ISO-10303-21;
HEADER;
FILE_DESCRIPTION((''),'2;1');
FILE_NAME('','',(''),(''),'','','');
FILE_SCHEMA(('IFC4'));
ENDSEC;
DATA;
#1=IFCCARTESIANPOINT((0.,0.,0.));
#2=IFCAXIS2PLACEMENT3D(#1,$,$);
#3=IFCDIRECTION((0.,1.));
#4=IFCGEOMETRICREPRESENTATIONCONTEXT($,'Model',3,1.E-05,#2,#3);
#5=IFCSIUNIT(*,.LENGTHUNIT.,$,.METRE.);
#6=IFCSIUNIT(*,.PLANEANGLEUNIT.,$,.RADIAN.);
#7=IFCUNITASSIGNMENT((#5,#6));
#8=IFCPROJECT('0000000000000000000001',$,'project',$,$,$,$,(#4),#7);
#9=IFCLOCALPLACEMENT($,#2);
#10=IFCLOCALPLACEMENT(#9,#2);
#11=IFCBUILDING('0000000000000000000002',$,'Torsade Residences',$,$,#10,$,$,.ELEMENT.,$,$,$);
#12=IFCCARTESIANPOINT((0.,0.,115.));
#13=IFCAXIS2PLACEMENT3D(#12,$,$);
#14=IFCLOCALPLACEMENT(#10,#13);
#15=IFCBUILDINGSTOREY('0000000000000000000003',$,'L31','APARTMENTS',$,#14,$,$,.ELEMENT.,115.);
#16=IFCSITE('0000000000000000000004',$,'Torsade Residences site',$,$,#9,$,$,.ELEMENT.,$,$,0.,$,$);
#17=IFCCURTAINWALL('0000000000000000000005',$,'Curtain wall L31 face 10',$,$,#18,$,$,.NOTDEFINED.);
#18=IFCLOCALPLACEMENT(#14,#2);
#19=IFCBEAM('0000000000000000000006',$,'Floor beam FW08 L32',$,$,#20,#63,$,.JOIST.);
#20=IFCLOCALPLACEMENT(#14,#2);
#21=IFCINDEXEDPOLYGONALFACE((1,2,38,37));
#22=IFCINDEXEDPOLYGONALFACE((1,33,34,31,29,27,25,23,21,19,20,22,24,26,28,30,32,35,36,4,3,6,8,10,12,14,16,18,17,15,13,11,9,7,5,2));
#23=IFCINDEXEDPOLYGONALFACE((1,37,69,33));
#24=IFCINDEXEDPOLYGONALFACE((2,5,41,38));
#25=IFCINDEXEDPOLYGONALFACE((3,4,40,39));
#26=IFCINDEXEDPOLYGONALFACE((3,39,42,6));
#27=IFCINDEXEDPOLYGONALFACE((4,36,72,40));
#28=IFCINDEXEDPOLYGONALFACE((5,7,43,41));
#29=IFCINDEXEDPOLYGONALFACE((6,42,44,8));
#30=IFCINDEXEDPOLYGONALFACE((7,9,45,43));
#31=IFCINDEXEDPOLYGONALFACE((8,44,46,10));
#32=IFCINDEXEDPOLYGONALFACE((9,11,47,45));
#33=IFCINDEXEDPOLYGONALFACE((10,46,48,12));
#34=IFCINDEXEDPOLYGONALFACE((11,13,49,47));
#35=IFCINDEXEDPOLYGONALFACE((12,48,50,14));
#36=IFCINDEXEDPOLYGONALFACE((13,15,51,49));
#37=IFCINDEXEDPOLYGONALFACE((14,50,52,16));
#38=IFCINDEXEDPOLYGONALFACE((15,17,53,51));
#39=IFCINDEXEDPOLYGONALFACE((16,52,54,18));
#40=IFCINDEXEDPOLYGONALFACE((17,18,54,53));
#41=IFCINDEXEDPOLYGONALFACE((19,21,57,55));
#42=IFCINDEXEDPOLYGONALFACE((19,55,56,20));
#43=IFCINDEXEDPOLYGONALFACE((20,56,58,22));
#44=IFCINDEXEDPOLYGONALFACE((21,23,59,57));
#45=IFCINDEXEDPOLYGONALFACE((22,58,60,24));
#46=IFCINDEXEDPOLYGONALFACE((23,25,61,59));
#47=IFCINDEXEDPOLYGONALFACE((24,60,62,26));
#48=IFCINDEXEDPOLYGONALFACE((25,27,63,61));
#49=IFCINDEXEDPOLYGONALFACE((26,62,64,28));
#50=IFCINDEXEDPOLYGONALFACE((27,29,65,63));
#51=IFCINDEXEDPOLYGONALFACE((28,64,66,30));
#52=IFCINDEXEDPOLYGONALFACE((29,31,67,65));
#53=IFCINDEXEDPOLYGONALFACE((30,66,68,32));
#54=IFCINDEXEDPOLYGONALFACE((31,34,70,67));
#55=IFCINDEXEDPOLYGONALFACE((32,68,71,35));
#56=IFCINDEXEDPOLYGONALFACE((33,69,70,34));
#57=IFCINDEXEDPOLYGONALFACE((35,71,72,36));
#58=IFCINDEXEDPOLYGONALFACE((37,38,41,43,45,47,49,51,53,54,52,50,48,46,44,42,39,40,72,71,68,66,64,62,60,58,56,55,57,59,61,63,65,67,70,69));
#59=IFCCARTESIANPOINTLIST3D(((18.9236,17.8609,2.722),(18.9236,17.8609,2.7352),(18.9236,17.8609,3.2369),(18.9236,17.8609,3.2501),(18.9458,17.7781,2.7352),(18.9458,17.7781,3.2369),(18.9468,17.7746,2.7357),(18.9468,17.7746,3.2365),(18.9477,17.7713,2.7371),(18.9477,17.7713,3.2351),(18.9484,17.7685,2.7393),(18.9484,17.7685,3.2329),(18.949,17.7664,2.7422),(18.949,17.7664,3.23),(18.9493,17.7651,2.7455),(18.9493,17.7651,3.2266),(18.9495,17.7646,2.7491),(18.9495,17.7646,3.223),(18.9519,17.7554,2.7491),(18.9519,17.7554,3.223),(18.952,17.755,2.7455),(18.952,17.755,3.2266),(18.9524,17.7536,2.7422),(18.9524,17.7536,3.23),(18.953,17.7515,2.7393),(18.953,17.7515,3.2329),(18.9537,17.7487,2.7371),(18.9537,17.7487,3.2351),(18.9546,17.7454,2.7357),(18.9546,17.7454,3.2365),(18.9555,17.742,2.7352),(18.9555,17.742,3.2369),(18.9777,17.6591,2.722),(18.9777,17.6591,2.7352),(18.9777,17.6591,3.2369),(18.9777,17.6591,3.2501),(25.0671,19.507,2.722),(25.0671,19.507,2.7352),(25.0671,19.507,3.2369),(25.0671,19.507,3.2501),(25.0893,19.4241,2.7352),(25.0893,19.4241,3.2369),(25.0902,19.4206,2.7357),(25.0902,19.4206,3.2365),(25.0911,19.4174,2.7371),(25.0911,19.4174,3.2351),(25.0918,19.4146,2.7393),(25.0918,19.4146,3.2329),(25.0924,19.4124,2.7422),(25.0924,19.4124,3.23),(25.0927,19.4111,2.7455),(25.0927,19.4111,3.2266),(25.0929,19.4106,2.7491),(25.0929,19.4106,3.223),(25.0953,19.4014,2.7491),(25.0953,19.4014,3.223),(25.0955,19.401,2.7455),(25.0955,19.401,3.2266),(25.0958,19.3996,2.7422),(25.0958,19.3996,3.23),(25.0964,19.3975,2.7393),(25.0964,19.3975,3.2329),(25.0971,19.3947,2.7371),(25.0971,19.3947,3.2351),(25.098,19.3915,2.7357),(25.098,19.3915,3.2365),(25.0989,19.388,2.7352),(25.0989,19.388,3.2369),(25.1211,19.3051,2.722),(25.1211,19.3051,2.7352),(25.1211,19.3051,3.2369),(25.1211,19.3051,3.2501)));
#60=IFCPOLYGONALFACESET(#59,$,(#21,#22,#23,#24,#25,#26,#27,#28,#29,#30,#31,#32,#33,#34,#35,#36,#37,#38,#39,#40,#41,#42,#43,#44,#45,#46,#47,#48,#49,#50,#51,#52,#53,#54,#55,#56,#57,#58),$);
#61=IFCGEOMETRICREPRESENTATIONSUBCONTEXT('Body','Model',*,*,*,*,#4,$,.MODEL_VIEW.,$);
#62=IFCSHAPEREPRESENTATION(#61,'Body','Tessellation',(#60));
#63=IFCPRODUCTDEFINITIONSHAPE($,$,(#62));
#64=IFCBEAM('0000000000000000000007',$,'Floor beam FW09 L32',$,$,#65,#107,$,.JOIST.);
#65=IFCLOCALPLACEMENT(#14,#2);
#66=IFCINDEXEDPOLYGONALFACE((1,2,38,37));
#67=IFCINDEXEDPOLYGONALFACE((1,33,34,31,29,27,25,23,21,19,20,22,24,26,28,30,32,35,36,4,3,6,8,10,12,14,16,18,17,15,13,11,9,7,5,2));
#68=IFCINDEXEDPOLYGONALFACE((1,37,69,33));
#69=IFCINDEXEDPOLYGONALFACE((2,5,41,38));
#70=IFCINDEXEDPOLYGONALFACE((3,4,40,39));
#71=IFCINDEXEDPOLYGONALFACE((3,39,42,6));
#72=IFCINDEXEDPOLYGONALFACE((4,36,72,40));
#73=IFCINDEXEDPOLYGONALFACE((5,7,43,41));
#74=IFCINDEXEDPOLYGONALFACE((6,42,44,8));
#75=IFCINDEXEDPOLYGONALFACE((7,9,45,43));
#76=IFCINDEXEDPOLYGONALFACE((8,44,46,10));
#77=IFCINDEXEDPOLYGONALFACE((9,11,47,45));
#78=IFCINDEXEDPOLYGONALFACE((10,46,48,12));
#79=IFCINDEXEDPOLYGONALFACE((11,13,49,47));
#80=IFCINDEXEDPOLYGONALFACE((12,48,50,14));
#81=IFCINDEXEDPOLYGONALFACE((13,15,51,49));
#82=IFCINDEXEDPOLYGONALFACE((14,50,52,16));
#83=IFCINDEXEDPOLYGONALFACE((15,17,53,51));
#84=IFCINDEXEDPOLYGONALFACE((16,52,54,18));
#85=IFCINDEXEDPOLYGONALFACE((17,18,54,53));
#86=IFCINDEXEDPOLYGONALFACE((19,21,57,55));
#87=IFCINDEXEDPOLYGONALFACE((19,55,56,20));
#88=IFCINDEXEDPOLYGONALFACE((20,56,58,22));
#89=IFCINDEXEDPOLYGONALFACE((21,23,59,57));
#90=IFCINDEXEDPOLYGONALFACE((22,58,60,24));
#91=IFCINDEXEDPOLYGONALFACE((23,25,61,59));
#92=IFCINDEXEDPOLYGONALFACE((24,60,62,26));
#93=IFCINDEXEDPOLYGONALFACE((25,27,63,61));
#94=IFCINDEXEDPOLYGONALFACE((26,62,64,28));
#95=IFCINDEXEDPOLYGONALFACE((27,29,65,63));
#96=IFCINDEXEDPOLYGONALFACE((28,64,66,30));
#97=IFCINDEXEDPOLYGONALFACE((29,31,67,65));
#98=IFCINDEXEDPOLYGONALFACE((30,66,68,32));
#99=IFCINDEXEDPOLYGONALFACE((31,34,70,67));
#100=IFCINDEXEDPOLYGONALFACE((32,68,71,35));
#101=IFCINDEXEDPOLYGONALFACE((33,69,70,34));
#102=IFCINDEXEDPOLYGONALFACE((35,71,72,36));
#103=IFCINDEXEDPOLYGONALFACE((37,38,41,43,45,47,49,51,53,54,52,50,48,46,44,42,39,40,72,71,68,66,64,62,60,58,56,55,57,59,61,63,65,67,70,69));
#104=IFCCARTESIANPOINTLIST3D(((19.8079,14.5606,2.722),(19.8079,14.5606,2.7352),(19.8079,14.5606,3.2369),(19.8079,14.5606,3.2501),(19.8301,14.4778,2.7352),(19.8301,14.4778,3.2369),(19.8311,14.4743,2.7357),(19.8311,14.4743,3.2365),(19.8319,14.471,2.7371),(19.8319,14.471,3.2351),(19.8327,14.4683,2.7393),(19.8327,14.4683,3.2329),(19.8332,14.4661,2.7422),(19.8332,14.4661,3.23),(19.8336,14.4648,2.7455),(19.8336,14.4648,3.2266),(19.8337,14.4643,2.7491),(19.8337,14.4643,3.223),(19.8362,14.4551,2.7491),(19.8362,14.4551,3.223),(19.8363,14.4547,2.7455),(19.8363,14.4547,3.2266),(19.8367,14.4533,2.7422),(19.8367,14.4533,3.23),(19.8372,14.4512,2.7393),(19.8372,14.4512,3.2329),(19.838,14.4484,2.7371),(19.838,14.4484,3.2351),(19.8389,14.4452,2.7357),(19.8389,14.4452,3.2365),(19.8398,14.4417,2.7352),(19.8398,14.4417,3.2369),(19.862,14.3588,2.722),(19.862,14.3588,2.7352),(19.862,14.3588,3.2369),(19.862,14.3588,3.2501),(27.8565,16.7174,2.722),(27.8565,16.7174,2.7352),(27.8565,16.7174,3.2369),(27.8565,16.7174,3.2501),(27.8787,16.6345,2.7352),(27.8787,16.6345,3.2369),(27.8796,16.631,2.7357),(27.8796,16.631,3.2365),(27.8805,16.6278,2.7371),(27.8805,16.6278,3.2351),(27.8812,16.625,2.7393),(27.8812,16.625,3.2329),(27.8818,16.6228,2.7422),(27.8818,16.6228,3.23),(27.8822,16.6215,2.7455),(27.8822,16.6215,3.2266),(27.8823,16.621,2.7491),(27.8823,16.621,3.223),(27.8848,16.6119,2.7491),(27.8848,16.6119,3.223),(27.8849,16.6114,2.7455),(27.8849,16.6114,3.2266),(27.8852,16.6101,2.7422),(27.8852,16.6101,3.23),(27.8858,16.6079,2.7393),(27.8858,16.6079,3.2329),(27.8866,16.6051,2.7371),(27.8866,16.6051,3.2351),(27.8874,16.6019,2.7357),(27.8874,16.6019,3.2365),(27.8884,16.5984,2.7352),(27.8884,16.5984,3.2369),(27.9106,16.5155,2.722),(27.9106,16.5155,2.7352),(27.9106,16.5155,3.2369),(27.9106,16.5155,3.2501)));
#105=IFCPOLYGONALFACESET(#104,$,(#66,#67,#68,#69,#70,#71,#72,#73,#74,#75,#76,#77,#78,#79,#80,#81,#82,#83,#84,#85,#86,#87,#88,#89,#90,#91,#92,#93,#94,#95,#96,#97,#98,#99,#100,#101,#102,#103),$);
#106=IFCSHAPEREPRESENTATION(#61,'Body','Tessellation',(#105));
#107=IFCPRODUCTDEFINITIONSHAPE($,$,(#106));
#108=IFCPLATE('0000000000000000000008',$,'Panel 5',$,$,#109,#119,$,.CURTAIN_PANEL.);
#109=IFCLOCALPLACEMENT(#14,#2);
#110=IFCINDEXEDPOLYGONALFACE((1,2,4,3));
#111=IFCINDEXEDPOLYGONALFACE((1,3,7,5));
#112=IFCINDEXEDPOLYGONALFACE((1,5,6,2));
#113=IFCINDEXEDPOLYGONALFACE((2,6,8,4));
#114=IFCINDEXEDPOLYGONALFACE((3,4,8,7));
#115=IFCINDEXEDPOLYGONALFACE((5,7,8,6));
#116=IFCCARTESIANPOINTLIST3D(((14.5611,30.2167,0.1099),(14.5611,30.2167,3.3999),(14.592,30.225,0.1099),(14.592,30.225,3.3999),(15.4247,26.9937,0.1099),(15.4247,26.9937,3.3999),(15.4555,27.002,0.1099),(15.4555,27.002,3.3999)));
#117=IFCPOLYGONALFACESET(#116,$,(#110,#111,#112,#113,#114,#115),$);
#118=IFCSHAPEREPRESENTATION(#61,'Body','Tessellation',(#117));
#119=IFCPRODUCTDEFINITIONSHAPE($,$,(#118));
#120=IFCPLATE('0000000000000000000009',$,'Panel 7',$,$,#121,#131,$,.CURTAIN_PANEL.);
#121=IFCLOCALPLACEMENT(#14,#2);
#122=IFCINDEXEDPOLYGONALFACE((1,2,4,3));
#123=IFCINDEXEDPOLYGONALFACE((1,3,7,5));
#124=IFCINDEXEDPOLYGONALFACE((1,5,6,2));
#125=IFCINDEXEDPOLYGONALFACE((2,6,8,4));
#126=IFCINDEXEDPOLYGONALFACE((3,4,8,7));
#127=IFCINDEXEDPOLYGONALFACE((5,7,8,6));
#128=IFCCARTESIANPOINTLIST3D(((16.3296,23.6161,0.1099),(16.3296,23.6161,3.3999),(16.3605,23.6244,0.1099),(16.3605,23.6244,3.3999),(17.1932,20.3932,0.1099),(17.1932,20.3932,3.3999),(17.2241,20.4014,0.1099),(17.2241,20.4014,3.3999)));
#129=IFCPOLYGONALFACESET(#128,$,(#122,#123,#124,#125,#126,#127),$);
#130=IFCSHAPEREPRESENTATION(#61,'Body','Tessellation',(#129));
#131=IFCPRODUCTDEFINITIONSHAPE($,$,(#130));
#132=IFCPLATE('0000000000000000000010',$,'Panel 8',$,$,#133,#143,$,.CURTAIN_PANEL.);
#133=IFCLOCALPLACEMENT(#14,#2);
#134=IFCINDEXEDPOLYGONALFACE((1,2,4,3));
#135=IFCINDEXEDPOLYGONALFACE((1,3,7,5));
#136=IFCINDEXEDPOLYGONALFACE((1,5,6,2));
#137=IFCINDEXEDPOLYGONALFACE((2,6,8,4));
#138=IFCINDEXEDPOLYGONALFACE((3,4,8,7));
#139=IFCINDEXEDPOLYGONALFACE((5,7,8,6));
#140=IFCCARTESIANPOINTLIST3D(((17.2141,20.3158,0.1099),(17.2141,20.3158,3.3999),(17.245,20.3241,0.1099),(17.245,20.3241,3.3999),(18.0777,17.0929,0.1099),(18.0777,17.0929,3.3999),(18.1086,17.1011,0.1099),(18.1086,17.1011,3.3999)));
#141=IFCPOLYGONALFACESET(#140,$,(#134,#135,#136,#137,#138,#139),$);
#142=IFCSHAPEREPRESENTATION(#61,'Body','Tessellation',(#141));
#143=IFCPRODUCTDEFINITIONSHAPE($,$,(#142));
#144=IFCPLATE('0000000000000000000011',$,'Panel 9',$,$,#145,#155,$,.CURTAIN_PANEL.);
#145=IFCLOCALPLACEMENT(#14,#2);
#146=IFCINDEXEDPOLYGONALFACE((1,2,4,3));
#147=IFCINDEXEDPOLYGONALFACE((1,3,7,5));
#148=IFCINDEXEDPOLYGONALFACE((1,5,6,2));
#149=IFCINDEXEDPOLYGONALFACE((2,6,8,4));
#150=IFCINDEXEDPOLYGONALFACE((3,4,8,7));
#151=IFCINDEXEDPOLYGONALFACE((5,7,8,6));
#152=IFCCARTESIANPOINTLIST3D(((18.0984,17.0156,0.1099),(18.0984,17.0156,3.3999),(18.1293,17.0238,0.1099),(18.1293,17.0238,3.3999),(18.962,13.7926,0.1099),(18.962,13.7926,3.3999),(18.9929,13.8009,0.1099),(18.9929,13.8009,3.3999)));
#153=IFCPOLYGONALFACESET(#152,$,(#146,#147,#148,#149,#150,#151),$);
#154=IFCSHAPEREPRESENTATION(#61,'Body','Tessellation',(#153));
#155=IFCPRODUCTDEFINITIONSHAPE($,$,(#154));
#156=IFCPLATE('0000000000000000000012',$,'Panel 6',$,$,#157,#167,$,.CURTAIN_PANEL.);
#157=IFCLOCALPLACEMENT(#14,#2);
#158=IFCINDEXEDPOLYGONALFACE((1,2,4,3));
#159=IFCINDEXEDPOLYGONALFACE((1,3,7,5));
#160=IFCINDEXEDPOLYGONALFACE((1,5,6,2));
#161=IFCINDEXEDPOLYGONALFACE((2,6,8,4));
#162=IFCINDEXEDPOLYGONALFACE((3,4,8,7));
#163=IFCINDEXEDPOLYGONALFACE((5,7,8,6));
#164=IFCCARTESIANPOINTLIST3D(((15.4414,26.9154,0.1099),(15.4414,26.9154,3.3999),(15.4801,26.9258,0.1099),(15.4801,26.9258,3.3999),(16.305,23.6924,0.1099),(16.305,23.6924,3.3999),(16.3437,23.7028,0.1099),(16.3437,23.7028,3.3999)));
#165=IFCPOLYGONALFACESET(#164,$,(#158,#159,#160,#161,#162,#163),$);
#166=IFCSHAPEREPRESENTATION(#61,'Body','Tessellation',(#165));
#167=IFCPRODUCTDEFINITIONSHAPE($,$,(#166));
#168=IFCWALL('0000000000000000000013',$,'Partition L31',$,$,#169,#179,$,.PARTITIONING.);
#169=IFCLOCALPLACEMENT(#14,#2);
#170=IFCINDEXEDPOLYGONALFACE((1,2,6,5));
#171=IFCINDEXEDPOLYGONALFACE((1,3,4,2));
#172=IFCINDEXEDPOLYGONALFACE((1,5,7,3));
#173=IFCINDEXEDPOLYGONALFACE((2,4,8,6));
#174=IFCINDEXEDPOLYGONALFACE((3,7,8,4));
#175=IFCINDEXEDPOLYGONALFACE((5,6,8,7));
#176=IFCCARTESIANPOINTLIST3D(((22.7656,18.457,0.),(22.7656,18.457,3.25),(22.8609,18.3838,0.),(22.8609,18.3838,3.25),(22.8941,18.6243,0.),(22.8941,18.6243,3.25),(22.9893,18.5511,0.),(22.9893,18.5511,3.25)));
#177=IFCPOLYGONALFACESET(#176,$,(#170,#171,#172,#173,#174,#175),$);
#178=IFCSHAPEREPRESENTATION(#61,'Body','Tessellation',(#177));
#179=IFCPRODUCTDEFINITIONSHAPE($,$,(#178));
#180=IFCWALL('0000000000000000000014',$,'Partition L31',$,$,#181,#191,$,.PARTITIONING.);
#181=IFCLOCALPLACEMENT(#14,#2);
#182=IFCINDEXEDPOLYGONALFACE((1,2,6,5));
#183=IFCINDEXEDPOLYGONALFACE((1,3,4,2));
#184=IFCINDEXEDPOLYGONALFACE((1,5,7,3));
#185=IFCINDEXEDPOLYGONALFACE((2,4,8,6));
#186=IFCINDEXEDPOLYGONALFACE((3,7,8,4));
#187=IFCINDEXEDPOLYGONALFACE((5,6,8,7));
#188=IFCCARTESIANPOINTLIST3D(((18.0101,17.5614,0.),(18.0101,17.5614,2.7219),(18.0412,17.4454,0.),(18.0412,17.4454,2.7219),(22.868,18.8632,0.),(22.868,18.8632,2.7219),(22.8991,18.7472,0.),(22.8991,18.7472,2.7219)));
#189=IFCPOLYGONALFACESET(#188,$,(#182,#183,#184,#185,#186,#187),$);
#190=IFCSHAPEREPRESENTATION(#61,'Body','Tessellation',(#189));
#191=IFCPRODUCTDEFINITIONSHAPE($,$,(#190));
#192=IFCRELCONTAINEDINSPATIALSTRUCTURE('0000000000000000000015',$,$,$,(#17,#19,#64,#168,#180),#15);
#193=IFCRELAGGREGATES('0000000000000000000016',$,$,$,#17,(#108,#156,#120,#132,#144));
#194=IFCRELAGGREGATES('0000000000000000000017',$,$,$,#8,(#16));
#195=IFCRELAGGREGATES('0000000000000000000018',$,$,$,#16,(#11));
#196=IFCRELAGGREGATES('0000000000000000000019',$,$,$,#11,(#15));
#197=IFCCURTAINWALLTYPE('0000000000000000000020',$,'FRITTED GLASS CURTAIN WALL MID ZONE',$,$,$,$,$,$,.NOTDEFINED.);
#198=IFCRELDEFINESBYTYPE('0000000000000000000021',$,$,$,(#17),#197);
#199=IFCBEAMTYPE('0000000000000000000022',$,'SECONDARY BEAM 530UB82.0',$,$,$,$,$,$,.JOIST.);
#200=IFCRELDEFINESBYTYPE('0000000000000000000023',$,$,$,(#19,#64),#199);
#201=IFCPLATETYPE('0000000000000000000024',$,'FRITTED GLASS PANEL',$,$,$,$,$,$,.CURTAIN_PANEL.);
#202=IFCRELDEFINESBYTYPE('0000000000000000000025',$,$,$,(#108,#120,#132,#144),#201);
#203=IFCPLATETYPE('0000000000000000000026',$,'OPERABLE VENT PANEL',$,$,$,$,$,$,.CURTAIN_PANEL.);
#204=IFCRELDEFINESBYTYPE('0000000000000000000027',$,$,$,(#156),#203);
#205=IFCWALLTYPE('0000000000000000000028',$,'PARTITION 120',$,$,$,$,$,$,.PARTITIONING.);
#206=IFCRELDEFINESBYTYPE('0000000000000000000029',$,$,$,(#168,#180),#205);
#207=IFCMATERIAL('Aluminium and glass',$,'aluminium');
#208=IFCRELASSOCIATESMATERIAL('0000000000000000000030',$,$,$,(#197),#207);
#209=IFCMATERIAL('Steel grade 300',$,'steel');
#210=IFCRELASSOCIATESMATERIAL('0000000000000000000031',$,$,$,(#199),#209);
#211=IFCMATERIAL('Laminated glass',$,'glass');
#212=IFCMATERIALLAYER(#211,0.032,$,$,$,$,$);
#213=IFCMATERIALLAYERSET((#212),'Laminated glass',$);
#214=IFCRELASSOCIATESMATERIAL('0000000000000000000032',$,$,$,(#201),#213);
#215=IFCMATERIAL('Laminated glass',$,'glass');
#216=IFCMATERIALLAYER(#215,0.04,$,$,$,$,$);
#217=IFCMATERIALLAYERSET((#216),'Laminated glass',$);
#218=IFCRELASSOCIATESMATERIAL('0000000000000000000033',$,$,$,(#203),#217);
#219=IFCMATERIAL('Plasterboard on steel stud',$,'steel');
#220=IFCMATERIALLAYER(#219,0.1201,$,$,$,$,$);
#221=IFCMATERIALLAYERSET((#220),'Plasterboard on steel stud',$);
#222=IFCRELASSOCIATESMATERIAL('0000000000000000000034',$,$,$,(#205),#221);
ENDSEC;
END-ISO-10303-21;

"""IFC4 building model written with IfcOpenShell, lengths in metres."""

from ifc_helpers import new_model, si_unit, direction, frame, frame_2d, origin, origin_2d, place, context, subcontext, project, spatial, rectangle, i_section, extrude, material, layer, layer_set, material_profile, profile_set, type_object, element, aggregate, save


model = new_model("IFC4")

# Units and contexts
model_context = context("Model", 3, precision=1e-05, world=origin(), true_north=direction((0.0, 1.0)))
body_context = subcontext(model_context, "Body", "Model", "MODEL_VIEW")
ifc_project = project(units=[si_unit("LENGTHUNIT", "METRE"), si_unit("PLANEANGLEUNIT", "RADIAN")], contexts=[model_context])

# Site, building, storey
site_placement = place(None, origin())
site = spatial("IfcSite", under=ifc_project, at=site_placement, Name="Torsade Residences site", CompositionType="ELEMENT", RefElevation=0.0)
building_placement = place(site_placement, origin())
building = spatial("IfcBuilding", under=site, at=building_placement, Name="Torsade Residences", CompositionType="ELEMENT")
storey_placement = place(building_placement, frame((0.0, 0.0, 115.0)))
storey = spatial("IfcBuildingStorey", under=building, at=storey_placement, Name="L31", Description="APARTMENTS", CompositionType="ELEMENT", Elevation=115.0)

# Curtain wall
ifc_material_1 = material(Name="Aluminium and glass", Category="aluminium")
curtain_wall_type = type_object("IfcCurtainWallType", Name="FRITTED GLASS CURTAIN WALL MID ZONE", PredefinedType="NOTDEFINED", material=ifc_material_1)
curtain_wall_placement = place(storey_placement, origin())
curtain_wall = element("IfcCurtainWall", 1, at=curtain_wall_placement, inside=storey, type_object=curtain_wall_type, Name="Curtain wall L31 face 10", PredefinedType="NOTDEFINED")

# Beams
ifc_material_2 = material(Name="Steel grade 300", Category="steel")
ifc_material_profile_1 = material_profile(ifc_material_2, i_section(OverallWidth=0.209, OverallDepth=0.5281, WebThickness=0.0095, FlangeThickness=0.0132, FilletRadius=0.0139, at=origin_2d()), Name="530UB82.0")
ifc_profile_set_1 = profile_set([ifc_material_profile_1], Name="Steel grade 300")
beam_type_1 = type_object("IfcBeamType", Name="SECONDARY BEAM 530UB82.0", PredefinedType="JOIST", material=ifc_profile_set_1)
beam_1_placement = place(storey_placement, frame((18.9507, 17.76, 2.9861), z_axis=(0.96593, 0.258805, 0.0), x_axis=(-0.258805, 0.96593, 0.0)))
element("IfcBeam", 2, at=beam_1_placement, inside=storey, type_object=beam_type_1, Name="Floor beam FW08 L32", PredefinedType="JOIST", context=body_context, shape_type="SweptSolid", body=[
    extrude(i_section(OverallWidth=0.209, OverallDepth=0.5281, WebThickness=0.0095, FlangeThickness=0.0132, FilletRadius=0.0139, at=origin_2d()), origin(), (0.0, 0.0, 1.0), 6.3601),
])
beam_2_placement = place(storey_placement, frame((19.835, 14.4597, 2.9861), z_axis=(0.965922, 0.258833, 0.0), x_axis=(-0.258833, 0.965922, 0.0)))
element("IfcBeam", 3, at=beam_2_placement, inside=storey, type_object=beam_type_1, Name="Floor beam FW09 L32", PredefinedType="JOIST", context=body_context, shape_type="SweptSolid", body=[
    extrude(i_section(OverallWidth=0.209, OverallDepth=0.5281, WebThickness=0.0095, FlangeThickness=0.0132, FilletRadius=0.0139, at=origin_2d()), origin(), (0.0, 0.0, 1.0), 8.3325),
])

# Plates
ifc_material_3 = material(Name="Laminated glass", Category="glass")
ifc_layer_1 = layer(ifc_material_3, 0.032)
ifc_layer_set_1 = layer_set([ifc_layer_1], Name="Laminated glass")
plate_type_1 = type_object("IfcPlateType", Name="FRITTED GLASS PANEL", PredefinedType="CURTAIN_PANEL", material=ifc_layer_set_1)
plate_1_placement = place(storey_placement, frame((15.0083, 28.6094, 0.1099), z_axis=(0.0, 0.0, 1.0), x_axis=(0.258819, -0.965926, 0.0)))
plate_1 = element("IfcPlate", 4, at=plate_1_placement, type_object=plate_type_1, Name="Panel 5", PredefinedType="CURTAIN_PANEL", context=body_context, shape_type="SweptSolid", body=[
    extrude(rectangle(XDim=3.3367, YDim=0.032, at=origin_2d()), origin(), (0.0, 0.0, 1.0), 3.29),
])
plate_2_placement = place(storey_placement, frame((16.7769, 22.0088, 0.1099), z_axis=(0.0, 0.0, 1.0), x_axis=(0.258819, -0.965926, 0.0)))
plate_2 = element("IfcPlate", 5, at=plate_2_placement, type_object=plate_type_1, Name="Panel 7", PredefinedType="CURTAIN_PANEL", context=body_context, shape_type="SweptSolid", body=[
    extrude(rectangle(XDim=3.3367, YDim=0.032, at=origin_2d()), origin(), (0.0, 0.0, 1.0), 3.29),
])
plate_3_placement = place(storey_placement, frame((17.6614, 18.7085, 0.1099), z_axis=(0.0, 0.0, 1.0), x_axis=(0.258819, -0.965926, 0.0)))
plate_3 = element("IfcPlate", 6, at=plate_3_placement, type_object=plate_type_1, Name="Panel 8", PredefinedType="CURTAIN_PANEL", context=body_context, shape_type="SweptSolid", body=[
    extrude(rectangle(XDim=3.3367, YDim=0.032, at=origin_2d()), origin(), (0.0, 0.0, 1.0), 3.29),
])
plate_4_placement = place(storey_placement, frame((18.5457, 15.4082, 0.1099), z_axis=(0.0, 0.0, 1.0), x_axis=(0.258819, -0.965926, 0.0)))
plate_4 = element("IfcPlate", 7, at=plate_4_placement, type_object=plate_type_1, Name="Panel 9", PredefinedType="CURTAIN_PANEL", context=body_context, shape_type="SweptSolid", body=[
    extrude(rectangle(XDim=3.3367, YDim=0.032, at=origin_2d()), origin(), (0.0, 0.0, 1.0), 3.29),
])
ifc_material_4 = material(Name="Laminated glass", Category="glass")
ifc_layer_2 = layer(ifc_material_4, 0.04)
ifc_layer_set_2 = layer_set([ifc_layer_2], Name="Laminated glass")
plate_type_2 = type_object("IfcPlateType", Name="OPERABLE VENT PANEL", PredefinedType="CURTAIN_PANEL", material=ifc_layer_set_2)
plate_5_placement = place(storey_placement, frame((15.8926, 25.3091, 0.1099), z_axis=(0.0, 0.0, 1.0), x_axis=(0.258819, -0.965926, 0.0)))
plate_5 = element("IfcPlate", 8, at=plate_5_placement, type_object=plate_type_2, Name="Panel 6", PredefinedType="CURTAIN_PANEL", context=body_context, shape_type="SweptSolid", body=[
    extrude(rectangle(XDim=3.3367, YDim=0.04, at=origin_2d()), origin(), (0.0, 0.0, 1.0), 3.29),
])
aggregate(curtain_wall, [plate_1, plate_5, plate_2, plate_3, plate_4])

# Walls
ifc_material_5 = material(Name="Plasterboard on steel stud", Category="steel")
ifc_layer_3 = layer(ifc_material_5, 0.1201)
ifc_layer_set_3 = layer_set([ifc_layer_3], Name="Plasterboard on steel stud")
wall_type_1 = type_object("IfcWallType", Name="PARTITION 120", PredefinedType="PARTITIONING", material=ifc_layer_set_3)
wall_1_placement = place(storey_placement, frame((22.8132, 18.4204, 0.0), z_axis=(0.0, 0.0, 1.0), x_axis=(0.609039, 0.79314, 0.0)))
element("IfcWall", 9, at=wall_1_placement, inside=storey, type_object=wall_type_1, Name="Partition L31", PredefinedType="PARTITIONING", context=body_context, shape_type="SweptSolid", body=[
    extrude(rectangle(XDim=0.2109, YDim=0.1201, at=frame_2d((0.1055, 0.0))), origin(), (0.0, 0.0, 1.0), 3.25),
])
wall_2_placement = place(storey_placement, frame((22.8835, 18.8052, 0.0), z_axis=(0.0, 0.0, 1.0), x_axis=(-0.965922, -0.258835, 0.0)))
element("IfcWall", 10, at=wall_2_placement, inside=storey, type_object=wall_type_1, Name="Partition L31", PredefinedType="PARTITIONING", context=body_context, shape_type="SweptSolid", body=[
    extrude(rectangle(XDim=5.0293, YDim=0.1201, at=frame_2d((2.5146, 0.0))), origin(), (0.0, 0.0, 1.0), 2.7219),
])

save(model, "model.ifc")
